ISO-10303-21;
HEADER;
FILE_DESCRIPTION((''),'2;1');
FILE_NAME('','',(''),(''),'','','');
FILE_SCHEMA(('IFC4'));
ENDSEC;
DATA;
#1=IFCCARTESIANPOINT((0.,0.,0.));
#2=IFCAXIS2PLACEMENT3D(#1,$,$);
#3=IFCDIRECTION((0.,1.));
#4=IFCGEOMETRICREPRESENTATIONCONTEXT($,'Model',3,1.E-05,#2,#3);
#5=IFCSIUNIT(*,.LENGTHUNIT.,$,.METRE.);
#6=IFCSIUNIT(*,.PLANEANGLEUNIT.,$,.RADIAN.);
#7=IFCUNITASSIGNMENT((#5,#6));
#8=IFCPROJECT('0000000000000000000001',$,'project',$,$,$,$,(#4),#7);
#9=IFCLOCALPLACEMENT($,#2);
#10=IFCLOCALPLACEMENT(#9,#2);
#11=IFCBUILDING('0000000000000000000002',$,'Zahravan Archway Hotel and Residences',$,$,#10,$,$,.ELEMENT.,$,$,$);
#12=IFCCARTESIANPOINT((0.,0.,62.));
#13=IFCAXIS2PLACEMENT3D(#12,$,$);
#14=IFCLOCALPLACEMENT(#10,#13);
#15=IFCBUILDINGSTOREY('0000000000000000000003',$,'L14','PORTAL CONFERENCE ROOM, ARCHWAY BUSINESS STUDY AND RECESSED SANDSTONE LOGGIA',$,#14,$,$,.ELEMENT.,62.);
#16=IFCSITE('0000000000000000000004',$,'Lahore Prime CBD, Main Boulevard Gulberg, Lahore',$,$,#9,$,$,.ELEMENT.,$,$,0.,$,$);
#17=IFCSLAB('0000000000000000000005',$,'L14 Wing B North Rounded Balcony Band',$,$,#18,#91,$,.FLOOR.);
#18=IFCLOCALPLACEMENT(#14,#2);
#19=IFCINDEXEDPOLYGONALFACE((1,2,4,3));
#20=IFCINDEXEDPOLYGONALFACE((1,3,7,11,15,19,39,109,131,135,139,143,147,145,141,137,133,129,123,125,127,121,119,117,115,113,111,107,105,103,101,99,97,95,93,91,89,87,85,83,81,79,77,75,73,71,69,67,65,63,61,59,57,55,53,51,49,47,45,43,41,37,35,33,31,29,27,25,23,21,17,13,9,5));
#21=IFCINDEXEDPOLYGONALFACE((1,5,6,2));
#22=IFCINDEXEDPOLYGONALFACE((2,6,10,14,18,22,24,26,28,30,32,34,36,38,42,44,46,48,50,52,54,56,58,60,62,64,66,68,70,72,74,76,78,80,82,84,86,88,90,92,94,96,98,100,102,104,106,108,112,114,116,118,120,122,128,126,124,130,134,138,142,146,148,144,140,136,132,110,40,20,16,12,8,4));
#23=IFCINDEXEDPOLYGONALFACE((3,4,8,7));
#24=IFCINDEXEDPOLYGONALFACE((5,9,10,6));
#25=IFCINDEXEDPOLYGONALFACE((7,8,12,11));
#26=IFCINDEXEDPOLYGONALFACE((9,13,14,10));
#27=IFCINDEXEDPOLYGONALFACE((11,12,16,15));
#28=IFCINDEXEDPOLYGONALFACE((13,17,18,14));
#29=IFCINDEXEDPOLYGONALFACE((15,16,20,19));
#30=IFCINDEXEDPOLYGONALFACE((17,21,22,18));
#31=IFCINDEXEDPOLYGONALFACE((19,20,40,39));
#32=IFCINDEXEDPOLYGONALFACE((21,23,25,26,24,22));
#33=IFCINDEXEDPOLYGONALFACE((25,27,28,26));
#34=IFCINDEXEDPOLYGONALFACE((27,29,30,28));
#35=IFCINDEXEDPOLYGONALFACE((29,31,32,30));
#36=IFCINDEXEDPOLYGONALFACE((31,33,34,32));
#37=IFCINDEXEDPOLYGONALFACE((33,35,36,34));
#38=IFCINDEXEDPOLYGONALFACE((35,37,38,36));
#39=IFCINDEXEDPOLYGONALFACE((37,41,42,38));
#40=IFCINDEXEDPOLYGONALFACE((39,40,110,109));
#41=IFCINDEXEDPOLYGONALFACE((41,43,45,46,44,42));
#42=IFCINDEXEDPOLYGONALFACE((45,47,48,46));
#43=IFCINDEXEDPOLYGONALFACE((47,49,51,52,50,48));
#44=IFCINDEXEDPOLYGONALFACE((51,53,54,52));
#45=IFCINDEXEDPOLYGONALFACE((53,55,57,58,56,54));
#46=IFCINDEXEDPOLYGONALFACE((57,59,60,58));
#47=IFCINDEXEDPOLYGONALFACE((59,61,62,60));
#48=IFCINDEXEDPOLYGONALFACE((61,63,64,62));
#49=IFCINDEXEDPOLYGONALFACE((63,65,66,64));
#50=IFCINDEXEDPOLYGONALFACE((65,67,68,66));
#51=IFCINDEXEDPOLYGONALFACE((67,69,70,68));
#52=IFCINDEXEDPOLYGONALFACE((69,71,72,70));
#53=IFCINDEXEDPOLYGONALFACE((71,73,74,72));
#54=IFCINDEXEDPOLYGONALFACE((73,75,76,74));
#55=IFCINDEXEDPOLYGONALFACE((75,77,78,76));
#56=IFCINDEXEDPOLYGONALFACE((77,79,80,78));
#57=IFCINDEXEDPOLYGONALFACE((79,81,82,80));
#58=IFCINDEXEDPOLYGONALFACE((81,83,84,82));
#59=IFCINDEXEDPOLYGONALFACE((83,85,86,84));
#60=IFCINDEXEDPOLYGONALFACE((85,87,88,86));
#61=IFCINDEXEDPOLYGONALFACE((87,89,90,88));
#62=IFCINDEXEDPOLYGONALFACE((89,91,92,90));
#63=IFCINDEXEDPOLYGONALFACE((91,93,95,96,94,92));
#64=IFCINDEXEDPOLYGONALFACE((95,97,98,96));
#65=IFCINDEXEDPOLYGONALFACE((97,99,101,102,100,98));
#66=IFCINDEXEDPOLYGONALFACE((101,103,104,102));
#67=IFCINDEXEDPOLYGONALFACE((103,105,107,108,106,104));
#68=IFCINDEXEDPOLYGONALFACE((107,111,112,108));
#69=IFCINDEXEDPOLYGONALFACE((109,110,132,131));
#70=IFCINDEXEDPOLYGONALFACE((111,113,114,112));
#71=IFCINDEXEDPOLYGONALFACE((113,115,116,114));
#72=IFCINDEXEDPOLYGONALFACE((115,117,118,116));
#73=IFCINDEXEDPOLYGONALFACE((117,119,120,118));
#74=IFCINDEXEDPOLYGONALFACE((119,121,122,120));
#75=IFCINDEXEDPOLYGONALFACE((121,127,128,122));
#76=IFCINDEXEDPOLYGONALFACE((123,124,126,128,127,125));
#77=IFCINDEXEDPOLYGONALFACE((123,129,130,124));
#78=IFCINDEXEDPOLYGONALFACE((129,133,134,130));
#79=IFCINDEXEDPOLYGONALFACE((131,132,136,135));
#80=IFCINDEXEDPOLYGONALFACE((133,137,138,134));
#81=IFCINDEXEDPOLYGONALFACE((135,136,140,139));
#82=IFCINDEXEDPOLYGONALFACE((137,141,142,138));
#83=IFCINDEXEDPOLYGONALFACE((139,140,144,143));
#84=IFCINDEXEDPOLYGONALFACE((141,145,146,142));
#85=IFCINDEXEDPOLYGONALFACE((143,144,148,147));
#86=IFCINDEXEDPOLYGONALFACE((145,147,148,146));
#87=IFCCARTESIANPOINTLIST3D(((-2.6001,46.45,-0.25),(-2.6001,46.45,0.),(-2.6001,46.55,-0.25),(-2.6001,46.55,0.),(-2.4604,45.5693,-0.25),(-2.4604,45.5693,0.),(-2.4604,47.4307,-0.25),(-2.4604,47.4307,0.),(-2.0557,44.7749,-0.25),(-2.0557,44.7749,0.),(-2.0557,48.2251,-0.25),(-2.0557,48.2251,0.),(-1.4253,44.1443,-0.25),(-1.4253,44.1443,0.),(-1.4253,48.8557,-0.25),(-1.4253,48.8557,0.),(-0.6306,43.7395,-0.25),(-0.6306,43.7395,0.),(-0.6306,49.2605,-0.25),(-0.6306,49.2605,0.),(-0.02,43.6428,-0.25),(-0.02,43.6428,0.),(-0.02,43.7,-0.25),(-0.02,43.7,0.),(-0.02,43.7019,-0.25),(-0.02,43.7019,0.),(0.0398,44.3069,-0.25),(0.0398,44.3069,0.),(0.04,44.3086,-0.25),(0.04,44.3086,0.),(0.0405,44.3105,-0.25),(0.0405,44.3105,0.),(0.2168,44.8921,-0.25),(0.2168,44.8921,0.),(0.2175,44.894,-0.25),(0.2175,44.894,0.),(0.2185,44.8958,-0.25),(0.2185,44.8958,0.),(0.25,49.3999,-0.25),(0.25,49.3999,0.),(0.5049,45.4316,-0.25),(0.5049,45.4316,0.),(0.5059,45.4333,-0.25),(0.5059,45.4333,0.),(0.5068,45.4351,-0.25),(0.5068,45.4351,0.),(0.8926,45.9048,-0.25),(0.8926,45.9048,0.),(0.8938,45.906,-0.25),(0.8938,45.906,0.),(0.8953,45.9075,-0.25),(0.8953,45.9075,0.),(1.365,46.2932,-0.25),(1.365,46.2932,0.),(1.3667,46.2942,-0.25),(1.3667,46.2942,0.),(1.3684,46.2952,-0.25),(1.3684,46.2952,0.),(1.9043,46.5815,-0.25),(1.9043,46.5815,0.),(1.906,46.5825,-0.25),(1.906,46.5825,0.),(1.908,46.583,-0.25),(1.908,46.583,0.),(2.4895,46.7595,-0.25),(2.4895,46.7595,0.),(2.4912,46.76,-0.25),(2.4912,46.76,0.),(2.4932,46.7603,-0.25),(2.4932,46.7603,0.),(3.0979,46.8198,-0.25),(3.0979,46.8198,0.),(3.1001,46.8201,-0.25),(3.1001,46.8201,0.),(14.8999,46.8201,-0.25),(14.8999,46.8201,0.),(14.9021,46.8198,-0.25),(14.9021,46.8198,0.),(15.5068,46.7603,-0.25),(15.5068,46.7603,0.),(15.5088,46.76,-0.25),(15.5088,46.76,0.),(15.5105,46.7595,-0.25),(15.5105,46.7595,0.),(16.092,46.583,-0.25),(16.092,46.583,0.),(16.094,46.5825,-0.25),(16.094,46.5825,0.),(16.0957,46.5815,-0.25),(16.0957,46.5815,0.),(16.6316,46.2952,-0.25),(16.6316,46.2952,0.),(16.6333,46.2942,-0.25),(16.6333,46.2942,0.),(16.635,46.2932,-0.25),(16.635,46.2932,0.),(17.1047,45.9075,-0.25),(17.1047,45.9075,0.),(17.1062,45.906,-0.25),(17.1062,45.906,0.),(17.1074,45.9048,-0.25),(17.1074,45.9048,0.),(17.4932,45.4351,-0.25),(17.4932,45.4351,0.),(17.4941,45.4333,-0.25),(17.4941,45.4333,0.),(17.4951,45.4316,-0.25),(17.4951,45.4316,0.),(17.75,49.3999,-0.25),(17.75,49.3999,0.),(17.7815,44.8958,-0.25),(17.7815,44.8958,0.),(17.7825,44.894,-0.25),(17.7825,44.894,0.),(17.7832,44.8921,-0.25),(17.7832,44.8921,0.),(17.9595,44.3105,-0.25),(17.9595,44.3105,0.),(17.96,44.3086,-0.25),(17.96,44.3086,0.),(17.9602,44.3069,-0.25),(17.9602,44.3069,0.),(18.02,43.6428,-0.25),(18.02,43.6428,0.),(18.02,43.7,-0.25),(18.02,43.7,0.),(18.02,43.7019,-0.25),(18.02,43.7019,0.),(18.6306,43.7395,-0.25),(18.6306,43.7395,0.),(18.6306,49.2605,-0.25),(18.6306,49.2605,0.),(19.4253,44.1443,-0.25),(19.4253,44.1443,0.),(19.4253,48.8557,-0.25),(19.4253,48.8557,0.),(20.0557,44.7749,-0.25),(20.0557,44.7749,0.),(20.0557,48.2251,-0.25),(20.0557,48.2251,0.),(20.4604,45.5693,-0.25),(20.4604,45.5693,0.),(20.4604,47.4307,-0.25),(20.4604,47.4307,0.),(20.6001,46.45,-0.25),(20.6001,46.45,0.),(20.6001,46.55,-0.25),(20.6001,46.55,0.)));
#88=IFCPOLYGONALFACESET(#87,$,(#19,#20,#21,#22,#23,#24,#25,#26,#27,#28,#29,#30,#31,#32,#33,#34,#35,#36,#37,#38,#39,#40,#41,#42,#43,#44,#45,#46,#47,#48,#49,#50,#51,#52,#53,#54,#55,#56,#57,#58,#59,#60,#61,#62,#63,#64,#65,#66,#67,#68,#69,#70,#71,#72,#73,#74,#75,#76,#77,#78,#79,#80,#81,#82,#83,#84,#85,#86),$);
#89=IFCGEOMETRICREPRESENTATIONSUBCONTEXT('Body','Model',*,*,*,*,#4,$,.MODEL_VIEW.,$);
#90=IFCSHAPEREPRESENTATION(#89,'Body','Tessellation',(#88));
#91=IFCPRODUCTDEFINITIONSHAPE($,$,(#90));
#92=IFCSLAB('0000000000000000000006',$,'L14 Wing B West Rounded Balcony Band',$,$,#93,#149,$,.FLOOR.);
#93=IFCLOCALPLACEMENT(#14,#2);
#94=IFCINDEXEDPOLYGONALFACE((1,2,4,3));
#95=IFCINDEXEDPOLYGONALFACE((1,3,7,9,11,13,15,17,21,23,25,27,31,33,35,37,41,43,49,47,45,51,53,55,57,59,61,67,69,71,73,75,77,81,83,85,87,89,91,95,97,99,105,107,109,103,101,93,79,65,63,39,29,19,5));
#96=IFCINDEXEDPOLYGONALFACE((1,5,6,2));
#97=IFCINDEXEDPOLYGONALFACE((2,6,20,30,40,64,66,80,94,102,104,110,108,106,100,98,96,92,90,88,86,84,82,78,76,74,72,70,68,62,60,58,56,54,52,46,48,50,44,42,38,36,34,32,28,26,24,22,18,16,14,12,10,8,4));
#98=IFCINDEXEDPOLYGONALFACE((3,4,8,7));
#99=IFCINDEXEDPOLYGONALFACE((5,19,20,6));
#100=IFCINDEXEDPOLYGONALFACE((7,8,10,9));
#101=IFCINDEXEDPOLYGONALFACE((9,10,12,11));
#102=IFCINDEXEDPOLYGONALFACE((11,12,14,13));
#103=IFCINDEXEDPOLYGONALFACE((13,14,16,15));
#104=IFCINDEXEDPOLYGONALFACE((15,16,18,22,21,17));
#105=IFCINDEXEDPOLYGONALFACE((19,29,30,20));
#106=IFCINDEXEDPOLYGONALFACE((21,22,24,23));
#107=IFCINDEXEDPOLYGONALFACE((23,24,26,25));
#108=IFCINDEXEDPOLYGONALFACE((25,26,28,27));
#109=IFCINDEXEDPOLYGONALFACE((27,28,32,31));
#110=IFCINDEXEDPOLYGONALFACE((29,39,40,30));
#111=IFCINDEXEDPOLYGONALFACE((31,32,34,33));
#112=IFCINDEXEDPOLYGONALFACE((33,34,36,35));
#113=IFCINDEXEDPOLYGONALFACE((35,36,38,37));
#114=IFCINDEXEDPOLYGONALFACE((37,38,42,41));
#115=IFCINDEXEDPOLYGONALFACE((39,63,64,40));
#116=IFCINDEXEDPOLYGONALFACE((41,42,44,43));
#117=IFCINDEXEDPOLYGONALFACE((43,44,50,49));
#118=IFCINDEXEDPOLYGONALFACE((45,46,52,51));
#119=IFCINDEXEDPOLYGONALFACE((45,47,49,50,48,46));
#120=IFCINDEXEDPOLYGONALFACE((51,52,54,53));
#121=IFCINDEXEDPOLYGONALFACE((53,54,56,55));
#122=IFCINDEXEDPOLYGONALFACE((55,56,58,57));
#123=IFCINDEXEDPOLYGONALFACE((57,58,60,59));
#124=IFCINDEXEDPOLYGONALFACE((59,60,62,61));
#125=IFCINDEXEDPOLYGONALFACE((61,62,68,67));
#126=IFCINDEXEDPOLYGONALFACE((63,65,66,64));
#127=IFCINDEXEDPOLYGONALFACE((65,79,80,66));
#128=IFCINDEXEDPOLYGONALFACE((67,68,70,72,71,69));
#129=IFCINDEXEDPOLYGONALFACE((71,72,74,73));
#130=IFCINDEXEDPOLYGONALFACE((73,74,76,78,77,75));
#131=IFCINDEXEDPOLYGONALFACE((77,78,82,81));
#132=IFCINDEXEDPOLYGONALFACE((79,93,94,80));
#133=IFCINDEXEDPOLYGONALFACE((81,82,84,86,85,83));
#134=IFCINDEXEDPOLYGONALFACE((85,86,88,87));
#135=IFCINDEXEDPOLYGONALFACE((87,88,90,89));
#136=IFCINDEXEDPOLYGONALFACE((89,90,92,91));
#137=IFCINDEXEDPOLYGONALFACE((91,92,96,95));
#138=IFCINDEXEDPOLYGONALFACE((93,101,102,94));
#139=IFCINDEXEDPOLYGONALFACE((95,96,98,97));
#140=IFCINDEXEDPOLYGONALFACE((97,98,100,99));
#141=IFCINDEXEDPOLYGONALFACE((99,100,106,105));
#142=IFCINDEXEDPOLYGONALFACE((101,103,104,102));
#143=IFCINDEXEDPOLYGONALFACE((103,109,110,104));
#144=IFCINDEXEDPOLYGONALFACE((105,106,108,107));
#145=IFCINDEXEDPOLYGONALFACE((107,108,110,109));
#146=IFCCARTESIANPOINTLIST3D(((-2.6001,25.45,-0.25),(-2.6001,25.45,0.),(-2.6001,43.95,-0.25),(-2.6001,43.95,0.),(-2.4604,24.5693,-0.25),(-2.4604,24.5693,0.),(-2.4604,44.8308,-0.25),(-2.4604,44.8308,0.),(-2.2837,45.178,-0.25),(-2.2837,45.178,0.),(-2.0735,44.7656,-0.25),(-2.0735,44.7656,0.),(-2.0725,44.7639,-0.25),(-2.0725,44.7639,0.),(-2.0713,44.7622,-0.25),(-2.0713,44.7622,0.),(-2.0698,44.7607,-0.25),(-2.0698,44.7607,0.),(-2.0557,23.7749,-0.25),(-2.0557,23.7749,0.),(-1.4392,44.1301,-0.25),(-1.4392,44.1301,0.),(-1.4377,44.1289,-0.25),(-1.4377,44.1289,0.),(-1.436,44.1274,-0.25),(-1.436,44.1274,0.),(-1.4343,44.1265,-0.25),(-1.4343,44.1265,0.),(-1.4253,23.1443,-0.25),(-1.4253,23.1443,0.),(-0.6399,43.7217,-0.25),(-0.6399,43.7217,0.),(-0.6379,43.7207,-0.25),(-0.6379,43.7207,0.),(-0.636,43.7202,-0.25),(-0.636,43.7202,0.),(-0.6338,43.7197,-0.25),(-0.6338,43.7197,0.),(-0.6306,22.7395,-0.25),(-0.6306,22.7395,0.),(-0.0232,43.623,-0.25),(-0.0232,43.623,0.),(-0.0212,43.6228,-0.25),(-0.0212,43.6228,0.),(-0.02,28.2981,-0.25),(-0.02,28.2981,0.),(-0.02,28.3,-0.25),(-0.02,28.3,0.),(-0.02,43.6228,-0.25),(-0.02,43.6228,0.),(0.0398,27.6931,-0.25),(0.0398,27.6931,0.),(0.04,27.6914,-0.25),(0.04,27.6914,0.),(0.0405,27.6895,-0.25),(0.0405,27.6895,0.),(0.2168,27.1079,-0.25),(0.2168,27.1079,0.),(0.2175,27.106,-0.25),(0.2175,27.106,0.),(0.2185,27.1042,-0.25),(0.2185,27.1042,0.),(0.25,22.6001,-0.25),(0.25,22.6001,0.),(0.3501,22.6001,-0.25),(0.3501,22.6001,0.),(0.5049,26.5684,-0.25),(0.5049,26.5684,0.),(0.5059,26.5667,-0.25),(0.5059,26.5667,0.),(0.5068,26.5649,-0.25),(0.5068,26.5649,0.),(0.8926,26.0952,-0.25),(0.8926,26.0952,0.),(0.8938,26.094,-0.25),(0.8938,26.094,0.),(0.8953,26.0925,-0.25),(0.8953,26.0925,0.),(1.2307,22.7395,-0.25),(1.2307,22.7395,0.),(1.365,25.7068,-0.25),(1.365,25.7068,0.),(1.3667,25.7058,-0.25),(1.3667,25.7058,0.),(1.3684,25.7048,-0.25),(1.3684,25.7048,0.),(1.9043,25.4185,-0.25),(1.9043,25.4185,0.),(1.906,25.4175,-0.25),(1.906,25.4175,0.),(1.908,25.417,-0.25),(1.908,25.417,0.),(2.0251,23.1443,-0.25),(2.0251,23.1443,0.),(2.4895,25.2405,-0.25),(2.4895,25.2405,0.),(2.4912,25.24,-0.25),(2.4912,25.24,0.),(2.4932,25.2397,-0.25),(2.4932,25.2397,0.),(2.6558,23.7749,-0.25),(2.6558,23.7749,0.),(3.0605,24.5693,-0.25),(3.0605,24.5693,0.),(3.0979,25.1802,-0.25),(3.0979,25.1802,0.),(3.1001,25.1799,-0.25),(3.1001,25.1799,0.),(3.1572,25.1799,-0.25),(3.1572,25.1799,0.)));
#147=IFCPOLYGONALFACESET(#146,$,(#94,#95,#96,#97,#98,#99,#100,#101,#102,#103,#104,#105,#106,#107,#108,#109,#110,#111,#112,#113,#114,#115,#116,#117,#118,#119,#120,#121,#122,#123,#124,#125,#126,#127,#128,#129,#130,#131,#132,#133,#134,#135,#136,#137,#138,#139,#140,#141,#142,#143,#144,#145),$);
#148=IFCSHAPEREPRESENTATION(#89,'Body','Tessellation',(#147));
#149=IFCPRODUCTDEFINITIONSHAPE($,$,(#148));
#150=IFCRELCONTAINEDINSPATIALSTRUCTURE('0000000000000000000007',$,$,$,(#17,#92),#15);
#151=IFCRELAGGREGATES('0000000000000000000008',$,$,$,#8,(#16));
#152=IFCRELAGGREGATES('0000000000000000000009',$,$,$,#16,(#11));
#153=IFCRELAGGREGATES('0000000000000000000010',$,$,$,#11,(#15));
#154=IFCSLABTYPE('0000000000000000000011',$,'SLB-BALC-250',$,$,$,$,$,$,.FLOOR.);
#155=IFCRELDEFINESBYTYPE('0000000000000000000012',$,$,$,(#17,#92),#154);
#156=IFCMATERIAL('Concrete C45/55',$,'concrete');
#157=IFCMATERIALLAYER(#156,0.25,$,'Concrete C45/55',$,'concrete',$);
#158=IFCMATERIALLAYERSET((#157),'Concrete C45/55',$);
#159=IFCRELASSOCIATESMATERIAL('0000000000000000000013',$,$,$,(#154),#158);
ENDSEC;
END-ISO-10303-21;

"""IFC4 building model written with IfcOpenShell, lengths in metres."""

from ifc_helpers import new_model, si_unit, direction, frame, origin, place, context, subcontext, project, spatial, polyline, outline, extrude, material, layer, layer_set, type_object, element, save


model = new_model("IFC4")

# Units and contexts
model_context = context("Model", 3, precision=1e-05, world=origin(), true_north=direction((0.0, 1.0)))
body_context = subcontext(model_context, "Body", "Model", "MODEL_VIEW")
ifc_project = project(units=[si_unit("LENGTHUNIT", "METRE"), si_unit("PLANEANGLEUNIT", "RADIAN")], contexts=[model_context])

# Site, building, storey
site_placement = place(None, origin())
site = spatial("IfcSite", under=ifc_project, at=site_placement, Name="Lahore Prime CBD, Main Boulevard Gulberg, Lahore", CompositionType="ELEMENT", RefElevation=0.0)
building_placement = place(site_placement, origin())
building = spatial("IfcBuilding", under=site, at=building_placement, Name="Zahravan Archway Hotel and Residences", CompositionType="ELEMENT")
storey_placement = place(building_placement, frame((0.0, 0.0, 62.0)))
storey = spatial("IfcBuildingStorey", under=building, at=storey_placement, Name="L14", Description="PORTAL CONFERENCE ROOM, ARCHWAY BUSINESS STUDY AND RECESSED SANDSTONE LOGGIA", CompositionType="ELEMENT", Elevation=62.0)

# Slabs
ifc_material_1 = material(Name="Concrete C45/55", Category="concrete")
ifc_layer_1 = layer(ifc_material_1, 0.25, Name="Concrete C45/55", Category="concrete")
ifc_layer_set_1 = layer_set([ifc_layer_1], Name="Concrete C45/55")
slab_type_1 = type_object("IfcSlabType", Name="SLB-BALC-250", PredefinedType="FLOOR", material=ifc_layer_set_1)
slab_1_placement = place(storey_placement, frame((0.0, 0.0, -0.25)))
element("IfcSlab", 1, at=slab_1_placement, inside=storey, type_object=slab_type_1, Name="L14 Wing B North Rounded Balcony Band", PredefinedType="FLOOR", context=body_context, shape_type="SweptSolid", body=[
    extrude(outline(polyline([(-0.6306, 43.7395), (-1.4253, 44.1443), (-2.0557, 44.7749), (-2.4604, 45.5693), (-2.6001, 46.45), (-2.6001, 46.55), (-2.4604, 47.4307), (-2.0557, 48.2251), (-1.4253, 48.8557), (-0.6306, 49.2605), (0.25, 49.3999), (17.75, 49.3999), (18.6306, 49.2605), (19.4253, 48.8557), (20.0557, 48.2251), (20.4604, 47.4307), (20.6001, 46.55), (20.6001, 46.45), (20.4604, 45.5693), (20.0557, 44.7749), (19.4253, 44.1443), (18.6306, 43.7395), (18.02, 43.6428), (18.02, 43.7), (18.02, 43.7019), (17.9602, 44.3069), (17.96, 44.3086), (17.9595, 44.3105), (17.7832, 44.8921), (17.7825, 44.894), (17.7815, 44.8958), (17.4951, 45.4316), (17.4941, 45.4333), (17.4932, 45.4351), (17.1074, 45.9048), (17.1062, 45.906), (17.1047, 45.9075), (16.635, 46.2932), (16.6333, 46.2942), (16.6316, 46.2952), (16.0957, 46.5815), (16.094, 46.5825), (16.092, 46.583), (15.5105, 46.7595), (15.5088, 46.76), (15.5068, 46.7603), (14.9021, 46.8198), (14.8999, 46.8201), (3.1001, 46.8201), (3.0979, 46.8198), (2.4932, 46.7603), (2.4912, 46.76), (2.4895, 46.7595), (1.908, 46.583), (1.906, 46.5825), (1.9043, 46.5815), (1.3684, 46.2952), (1.3667, 46.2942), (1.365, 46.2932), (0.8953, 45.9075), (0.8938, 45.906), (0.8926, 45.9048), (0.5068, 45.4351), (0.5059, 45.4333), (0.5049, 45.4316), (0.2185, 44.8958), (0.2175, 44.894), (0.2168, 44.8921), (0.0405, 44.3105), (0.04, 44.3086), (0.0398, 44.3069), (-0.02, 43.7019), (-0.02, 43.7), (-0.02, 43.6428), (-0.6306, 43.7395)])), origin(), (0.0, 0.0, 1.0), 0.25),
])
slab_2_placement = place(storey_placement, frame((0.0, 0.0, -0.25)))
element("IfcSlab", 2, at=slab_2_placement, inside=storey, type_object=slab_type_1, Name="L14 Wing B West Rounded Balcony Band", PredefinedType="FLOOR", context=body_context, shape_type="SweptSolid", body=[
    extrude(outline(polyline([(3.0605, 24.5693), (2.6558, 23.7749), (2.0251, 23.1443), (1.2307, 22.7395), (0.3501, 22.6001), (0.25, 22.6001), (-0.6306, 22.7395), (-1.4253, 23.1443), (-2.0557, 23.7749), (-2.4604, 24.5693), (-2.6001, 25.45), (-2.6001, 43.95), (-2.4604, 44.8308), (-2.2837, 45.178), (-2.0735, 44.7656), (-2.0725, 44.7639), (-2.0713, 44.7622), (-2.0698, 44.7607), (-1.4392, 44.1301), (-1.4377, 44.1289), (-1.436, 44.1274), (-1.4343, 44.1265), (-0.6399, 43.7217), (-0.6379, 43.7207), (-0.636, 43.7202), (-0.6338, 43.7197), (-0.0232, 43.623), (-0.0212, 43.6228), (-0.02, 43.6228), (-0.02, 28.3), (-0.02, 28.2981), (0.0398, 27.6931), (0.04, 27.6914), (0.0405, 27.6895), (0.2168, 27.1079), (0.2175, 27.106), (0.2185, 27.1042), (0.5049, 26.5684), (0.5059, 26.5667), (0.5068, 26.5649), (0.8926, 26.0952), (0.8938, 26.094), (0.8953, 26.0925), (1.365, 25.7068), (1.3667, 25.7058), (1.3684, 25.7048), (1.9043, 25.4185), (1.906, 25.4175), (1.908, 25.417), (2.4895, 25.2405), (2.4912, 25.24), (2.4932, 25.2397), (3.0979, 25.1802), (3.1001, 25.1799), (3.1572, 25.1799), (3.0605, 24.5693)])), origin(), (0.0, 0.0, 1.0), 0.25),
])

save(model, "model.ifc")
